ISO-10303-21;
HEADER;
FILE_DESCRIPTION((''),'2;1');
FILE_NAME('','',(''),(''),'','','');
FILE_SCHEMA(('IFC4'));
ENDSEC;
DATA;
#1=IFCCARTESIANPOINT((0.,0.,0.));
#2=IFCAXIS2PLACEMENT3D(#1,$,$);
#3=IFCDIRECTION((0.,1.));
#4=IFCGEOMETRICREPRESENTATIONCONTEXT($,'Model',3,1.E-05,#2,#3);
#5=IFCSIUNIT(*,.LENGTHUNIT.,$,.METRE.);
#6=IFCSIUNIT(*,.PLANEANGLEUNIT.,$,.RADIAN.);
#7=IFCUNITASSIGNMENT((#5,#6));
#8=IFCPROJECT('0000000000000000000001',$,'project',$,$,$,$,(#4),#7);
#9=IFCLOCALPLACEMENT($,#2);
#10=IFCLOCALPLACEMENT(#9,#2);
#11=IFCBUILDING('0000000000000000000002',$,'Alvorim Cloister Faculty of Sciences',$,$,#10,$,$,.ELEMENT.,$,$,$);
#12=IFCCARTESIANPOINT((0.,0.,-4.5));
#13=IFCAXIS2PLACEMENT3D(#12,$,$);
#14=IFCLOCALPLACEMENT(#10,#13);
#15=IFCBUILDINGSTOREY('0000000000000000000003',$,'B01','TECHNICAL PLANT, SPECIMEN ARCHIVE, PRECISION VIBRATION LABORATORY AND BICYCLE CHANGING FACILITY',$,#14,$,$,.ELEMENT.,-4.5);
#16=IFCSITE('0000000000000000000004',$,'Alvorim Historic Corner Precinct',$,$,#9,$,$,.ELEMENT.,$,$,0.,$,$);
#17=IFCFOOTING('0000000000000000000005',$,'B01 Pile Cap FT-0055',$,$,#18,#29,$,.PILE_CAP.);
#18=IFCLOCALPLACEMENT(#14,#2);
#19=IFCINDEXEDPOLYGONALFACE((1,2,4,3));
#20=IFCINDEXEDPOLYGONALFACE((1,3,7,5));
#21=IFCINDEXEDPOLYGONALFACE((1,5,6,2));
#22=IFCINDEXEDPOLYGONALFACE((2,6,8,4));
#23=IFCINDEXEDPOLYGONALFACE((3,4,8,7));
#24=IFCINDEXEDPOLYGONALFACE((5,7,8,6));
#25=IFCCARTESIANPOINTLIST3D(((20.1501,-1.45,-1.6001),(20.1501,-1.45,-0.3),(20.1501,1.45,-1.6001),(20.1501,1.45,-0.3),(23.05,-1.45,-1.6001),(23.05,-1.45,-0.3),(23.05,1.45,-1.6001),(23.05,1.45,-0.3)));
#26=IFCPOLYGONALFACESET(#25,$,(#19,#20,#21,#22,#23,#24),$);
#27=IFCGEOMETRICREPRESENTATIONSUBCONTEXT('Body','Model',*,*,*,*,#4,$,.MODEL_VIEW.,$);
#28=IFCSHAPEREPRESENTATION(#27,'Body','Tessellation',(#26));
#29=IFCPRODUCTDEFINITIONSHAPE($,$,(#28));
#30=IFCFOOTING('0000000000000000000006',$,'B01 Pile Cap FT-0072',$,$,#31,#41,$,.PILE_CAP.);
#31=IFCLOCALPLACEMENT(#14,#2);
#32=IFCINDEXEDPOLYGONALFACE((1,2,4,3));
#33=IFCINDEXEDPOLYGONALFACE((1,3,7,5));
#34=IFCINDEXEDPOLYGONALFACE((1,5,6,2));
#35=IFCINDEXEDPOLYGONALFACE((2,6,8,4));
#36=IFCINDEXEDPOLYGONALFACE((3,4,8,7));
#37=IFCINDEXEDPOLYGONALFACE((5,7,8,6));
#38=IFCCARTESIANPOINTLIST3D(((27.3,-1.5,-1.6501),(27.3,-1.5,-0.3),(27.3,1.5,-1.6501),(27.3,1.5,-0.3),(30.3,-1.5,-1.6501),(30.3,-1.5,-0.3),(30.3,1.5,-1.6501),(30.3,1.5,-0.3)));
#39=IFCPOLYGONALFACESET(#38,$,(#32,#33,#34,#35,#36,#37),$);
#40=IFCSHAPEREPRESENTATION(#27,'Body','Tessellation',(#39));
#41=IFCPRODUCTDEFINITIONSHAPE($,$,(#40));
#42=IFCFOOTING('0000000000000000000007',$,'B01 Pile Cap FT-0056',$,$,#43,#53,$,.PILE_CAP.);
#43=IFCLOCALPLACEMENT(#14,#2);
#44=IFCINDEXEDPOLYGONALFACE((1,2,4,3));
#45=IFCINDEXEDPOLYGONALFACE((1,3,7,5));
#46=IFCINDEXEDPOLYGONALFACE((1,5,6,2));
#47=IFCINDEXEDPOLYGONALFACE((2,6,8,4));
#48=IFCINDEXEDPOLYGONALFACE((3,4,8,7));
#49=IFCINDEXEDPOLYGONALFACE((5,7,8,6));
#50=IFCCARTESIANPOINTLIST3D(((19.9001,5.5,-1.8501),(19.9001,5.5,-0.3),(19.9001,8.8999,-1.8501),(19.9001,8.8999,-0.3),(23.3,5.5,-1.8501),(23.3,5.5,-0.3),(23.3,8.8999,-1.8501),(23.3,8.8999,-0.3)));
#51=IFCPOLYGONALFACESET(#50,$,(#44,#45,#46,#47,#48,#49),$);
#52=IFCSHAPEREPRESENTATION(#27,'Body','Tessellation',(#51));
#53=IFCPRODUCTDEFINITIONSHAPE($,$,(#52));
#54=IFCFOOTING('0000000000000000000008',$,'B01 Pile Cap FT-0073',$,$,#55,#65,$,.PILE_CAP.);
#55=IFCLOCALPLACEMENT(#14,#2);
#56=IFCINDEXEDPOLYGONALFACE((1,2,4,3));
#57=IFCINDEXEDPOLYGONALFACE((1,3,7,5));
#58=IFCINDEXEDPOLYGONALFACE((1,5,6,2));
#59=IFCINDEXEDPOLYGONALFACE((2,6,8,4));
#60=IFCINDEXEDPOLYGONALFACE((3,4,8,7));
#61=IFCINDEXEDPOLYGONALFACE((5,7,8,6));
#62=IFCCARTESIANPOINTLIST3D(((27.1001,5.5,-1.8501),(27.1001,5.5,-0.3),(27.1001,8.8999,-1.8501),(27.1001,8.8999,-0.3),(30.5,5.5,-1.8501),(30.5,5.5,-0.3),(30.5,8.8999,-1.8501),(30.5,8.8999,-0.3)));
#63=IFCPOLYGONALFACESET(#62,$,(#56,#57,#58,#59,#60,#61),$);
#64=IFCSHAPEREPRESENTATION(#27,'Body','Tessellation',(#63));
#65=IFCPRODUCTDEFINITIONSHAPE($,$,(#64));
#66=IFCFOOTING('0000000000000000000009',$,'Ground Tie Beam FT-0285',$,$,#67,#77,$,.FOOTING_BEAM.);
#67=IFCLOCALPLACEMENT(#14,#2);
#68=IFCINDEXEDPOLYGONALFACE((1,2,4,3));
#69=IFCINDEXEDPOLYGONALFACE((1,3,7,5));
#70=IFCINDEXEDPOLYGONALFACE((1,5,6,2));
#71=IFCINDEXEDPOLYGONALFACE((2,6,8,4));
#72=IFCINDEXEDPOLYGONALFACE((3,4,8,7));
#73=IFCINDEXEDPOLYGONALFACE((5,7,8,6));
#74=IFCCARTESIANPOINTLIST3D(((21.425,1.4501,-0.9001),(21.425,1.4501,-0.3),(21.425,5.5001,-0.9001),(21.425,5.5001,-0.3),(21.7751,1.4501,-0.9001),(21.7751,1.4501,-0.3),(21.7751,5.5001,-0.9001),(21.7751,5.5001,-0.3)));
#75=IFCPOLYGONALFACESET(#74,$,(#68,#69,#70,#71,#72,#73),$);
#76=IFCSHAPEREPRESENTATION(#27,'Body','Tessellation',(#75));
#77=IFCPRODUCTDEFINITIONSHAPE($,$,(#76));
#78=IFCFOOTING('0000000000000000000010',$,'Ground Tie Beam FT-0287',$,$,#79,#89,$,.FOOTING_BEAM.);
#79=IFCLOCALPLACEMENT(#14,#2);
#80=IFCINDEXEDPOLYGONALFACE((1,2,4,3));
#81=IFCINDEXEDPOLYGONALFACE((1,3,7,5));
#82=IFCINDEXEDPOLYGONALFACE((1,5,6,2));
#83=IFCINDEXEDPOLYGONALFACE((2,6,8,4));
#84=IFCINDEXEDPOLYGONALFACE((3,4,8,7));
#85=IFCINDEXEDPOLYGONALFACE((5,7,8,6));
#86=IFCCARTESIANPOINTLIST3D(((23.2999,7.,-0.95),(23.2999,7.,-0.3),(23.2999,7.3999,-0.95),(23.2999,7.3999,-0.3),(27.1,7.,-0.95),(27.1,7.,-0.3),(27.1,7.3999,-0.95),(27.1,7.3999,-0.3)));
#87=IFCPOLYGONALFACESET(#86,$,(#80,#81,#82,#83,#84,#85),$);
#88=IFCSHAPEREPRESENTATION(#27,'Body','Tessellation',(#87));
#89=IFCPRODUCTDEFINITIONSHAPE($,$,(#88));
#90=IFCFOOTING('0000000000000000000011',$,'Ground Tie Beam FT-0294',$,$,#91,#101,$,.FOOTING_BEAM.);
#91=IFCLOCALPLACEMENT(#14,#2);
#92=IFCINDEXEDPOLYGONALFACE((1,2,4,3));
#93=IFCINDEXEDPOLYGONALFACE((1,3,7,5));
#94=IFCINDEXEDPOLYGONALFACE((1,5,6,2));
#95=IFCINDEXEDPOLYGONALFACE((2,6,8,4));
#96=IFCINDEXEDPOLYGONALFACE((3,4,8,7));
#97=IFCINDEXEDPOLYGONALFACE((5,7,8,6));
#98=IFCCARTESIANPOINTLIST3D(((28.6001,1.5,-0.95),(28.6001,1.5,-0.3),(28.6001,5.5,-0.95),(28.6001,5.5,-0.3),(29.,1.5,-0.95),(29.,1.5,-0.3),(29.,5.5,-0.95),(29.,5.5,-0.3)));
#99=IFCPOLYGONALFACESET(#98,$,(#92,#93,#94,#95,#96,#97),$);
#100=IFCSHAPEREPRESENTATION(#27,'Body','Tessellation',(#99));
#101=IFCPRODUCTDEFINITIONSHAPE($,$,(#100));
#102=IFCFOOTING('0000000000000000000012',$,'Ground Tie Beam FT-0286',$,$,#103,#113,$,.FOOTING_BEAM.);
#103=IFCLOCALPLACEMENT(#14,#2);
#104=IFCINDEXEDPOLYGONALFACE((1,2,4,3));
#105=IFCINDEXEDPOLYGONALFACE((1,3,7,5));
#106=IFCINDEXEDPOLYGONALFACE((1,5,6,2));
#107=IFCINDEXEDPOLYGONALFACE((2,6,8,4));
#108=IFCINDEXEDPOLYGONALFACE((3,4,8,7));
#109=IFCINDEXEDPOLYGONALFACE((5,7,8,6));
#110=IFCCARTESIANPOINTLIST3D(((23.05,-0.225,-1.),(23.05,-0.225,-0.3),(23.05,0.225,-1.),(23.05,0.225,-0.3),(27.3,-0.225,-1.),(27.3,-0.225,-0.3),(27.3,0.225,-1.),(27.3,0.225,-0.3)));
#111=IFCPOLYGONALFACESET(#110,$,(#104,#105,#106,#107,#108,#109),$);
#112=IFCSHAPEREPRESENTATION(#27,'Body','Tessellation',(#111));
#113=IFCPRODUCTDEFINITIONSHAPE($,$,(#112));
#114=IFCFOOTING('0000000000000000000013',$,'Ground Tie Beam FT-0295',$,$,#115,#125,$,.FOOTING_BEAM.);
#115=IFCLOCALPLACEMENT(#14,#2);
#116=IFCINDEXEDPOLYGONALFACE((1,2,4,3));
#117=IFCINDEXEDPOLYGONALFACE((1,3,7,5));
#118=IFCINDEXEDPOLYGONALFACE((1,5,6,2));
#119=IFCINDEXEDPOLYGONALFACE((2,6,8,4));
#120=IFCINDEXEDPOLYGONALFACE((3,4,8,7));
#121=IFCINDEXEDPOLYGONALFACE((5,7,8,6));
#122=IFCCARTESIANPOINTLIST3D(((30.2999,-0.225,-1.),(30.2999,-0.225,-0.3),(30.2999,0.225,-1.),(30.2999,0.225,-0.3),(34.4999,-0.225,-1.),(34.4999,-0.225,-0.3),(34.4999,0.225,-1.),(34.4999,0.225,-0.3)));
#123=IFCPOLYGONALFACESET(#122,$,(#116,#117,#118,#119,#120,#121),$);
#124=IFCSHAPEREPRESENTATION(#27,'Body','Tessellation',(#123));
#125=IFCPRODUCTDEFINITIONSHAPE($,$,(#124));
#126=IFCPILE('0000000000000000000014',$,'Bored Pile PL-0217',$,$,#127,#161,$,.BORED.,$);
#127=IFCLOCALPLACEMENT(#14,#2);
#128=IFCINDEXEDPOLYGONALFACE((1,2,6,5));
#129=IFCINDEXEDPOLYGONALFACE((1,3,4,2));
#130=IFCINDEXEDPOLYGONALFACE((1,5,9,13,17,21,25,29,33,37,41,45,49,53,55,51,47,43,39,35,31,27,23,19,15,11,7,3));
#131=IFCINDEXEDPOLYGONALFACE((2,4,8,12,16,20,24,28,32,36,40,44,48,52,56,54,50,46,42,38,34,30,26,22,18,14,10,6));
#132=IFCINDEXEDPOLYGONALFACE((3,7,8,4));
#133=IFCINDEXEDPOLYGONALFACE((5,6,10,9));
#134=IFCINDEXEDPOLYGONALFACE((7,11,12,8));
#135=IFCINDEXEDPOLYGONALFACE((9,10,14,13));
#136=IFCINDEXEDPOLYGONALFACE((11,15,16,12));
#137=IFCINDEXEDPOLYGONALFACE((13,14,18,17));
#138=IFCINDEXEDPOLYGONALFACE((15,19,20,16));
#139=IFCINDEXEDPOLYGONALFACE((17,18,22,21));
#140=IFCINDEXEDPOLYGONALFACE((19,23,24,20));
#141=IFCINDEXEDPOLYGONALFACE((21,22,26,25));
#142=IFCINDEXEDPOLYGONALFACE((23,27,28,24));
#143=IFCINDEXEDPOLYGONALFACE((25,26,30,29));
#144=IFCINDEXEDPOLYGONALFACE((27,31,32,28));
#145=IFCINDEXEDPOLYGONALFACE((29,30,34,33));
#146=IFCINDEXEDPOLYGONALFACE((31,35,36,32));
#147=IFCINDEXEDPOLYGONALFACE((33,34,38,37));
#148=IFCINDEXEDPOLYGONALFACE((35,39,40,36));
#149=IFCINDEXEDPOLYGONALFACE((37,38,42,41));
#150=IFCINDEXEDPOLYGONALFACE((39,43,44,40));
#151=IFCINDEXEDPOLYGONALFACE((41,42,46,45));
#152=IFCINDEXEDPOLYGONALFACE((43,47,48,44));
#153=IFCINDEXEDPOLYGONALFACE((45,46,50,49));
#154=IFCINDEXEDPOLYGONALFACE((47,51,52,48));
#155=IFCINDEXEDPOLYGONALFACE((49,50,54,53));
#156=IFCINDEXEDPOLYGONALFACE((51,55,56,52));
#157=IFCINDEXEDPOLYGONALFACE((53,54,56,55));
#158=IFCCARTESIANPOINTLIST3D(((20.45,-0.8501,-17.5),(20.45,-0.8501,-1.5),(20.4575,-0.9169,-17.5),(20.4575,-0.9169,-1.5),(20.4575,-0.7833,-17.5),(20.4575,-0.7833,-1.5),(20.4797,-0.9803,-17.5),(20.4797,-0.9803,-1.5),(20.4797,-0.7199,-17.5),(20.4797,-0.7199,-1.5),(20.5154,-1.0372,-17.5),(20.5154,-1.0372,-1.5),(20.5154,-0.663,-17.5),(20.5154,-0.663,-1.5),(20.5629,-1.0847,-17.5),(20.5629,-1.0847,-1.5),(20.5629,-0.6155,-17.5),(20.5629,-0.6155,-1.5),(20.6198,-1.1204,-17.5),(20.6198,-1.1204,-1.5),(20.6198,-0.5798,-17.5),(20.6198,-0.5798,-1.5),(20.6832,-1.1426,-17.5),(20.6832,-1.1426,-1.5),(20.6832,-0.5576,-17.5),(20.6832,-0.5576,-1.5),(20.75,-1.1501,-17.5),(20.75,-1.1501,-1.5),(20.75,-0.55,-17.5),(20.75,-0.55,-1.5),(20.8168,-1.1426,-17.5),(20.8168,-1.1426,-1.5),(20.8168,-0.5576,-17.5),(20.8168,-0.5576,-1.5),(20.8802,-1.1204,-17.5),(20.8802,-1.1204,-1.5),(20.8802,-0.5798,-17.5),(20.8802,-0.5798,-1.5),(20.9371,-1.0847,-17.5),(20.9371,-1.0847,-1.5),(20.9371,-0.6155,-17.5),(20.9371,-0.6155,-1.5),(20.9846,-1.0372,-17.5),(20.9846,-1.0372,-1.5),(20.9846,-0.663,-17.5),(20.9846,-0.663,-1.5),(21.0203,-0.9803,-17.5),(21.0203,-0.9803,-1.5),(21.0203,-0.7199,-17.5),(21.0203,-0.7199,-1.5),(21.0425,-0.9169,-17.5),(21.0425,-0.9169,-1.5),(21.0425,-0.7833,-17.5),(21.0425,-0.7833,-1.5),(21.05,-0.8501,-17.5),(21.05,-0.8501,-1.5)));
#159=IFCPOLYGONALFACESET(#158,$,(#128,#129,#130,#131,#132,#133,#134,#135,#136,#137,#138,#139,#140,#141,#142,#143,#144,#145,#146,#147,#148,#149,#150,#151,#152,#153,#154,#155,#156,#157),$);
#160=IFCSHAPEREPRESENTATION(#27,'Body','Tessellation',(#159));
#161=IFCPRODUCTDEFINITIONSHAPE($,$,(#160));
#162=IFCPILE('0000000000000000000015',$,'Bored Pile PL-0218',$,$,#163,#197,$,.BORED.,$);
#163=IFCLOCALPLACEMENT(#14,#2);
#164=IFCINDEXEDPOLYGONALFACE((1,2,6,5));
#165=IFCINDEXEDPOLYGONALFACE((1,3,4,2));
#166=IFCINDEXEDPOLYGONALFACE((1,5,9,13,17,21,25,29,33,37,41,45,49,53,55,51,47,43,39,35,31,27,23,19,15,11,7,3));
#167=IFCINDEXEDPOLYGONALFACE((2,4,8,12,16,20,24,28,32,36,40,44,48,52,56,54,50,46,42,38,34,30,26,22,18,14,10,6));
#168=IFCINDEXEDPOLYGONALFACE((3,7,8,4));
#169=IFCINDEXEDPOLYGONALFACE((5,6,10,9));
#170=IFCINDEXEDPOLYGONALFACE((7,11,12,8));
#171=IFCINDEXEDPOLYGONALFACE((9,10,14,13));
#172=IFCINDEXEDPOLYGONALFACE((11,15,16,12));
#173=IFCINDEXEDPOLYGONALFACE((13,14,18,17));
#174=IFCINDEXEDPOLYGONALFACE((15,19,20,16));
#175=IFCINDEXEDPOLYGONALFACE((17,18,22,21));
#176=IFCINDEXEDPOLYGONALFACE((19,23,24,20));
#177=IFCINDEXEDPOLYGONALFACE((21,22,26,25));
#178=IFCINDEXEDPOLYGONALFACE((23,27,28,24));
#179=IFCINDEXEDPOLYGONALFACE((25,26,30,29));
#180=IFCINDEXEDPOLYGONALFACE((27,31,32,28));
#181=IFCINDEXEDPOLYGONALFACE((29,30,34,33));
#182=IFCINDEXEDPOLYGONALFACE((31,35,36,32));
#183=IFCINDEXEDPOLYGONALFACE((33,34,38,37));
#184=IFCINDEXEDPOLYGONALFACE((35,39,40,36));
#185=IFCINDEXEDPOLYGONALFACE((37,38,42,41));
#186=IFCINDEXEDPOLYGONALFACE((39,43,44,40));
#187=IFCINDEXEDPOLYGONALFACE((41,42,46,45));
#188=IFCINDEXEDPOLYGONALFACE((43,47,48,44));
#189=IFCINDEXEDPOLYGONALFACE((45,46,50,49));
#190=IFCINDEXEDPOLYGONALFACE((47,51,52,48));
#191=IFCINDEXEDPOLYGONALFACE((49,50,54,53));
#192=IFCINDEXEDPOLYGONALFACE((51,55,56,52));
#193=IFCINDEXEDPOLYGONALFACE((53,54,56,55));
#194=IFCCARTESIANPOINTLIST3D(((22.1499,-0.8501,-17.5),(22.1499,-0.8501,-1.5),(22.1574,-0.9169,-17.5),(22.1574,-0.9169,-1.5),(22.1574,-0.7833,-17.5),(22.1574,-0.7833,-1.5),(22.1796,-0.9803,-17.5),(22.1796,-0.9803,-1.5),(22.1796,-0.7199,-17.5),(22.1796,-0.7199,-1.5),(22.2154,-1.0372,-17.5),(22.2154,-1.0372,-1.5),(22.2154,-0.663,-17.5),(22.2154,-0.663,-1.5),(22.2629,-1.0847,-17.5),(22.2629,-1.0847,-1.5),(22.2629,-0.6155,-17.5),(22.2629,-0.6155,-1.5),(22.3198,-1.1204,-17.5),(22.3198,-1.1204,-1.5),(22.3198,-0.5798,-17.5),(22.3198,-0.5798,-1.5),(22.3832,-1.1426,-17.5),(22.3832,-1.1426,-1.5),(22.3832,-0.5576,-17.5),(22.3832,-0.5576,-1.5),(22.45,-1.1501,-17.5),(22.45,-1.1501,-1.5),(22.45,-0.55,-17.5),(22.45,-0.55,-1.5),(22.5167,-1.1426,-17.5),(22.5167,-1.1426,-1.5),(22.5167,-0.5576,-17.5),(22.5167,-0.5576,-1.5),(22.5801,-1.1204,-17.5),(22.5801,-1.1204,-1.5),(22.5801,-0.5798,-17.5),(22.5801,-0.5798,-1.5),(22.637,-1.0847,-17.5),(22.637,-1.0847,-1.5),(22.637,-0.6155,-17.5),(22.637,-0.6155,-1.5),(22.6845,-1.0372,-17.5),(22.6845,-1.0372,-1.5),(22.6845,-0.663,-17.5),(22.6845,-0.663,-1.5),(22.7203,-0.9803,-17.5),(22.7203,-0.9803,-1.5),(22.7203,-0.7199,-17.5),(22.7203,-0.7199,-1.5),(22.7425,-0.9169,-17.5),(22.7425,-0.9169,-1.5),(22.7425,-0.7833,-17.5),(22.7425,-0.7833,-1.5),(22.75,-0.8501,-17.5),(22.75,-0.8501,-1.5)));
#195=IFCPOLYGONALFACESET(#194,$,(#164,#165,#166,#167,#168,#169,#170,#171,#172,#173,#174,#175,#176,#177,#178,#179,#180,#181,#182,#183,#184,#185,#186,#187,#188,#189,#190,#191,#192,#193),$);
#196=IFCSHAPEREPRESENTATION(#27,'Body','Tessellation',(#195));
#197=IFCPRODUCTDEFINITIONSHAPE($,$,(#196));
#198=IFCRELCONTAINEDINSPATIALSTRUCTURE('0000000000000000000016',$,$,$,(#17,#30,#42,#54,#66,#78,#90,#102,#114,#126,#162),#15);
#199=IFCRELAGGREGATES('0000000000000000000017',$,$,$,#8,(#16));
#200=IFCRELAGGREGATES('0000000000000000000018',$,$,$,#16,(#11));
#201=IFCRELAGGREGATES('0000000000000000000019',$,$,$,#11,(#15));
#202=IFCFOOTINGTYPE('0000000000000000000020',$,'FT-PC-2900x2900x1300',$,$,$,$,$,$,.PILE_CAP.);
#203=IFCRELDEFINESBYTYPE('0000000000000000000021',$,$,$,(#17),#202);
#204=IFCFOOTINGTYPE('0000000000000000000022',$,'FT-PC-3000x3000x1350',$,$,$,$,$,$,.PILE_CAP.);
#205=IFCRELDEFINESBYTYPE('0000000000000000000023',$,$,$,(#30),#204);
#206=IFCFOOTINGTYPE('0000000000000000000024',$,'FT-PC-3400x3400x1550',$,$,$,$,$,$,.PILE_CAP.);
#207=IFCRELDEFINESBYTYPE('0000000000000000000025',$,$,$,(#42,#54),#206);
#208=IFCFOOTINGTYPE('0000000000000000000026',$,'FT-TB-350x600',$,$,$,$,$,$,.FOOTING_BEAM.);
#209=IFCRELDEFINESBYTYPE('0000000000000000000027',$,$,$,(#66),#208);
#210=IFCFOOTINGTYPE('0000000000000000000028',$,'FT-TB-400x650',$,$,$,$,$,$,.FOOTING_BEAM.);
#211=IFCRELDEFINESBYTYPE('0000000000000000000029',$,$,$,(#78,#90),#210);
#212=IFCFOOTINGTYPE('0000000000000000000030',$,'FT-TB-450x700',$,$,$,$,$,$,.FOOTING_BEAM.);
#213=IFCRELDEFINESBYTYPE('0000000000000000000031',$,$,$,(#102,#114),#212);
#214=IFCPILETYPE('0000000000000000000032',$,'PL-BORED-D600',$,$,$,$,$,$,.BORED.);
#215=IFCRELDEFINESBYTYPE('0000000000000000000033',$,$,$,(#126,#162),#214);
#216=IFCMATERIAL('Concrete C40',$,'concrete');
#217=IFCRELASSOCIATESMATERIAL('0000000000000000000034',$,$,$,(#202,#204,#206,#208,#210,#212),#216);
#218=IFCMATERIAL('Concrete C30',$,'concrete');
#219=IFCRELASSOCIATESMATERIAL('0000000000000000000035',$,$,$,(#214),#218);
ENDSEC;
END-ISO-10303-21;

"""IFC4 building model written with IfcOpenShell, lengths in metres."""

from ifc_helpers import new_model, si_unit, direction, frame, origin, origin_2d, place, context, subcontext, project, spatial, rectangle, circle, extrude, material, material_profile, profile_set, type_object, element, save


model = new_model("IFC4")

# Units and contexts
model_context = context("Model", 3, precision=1e-05, world=origin(), true_north=direction((0.0, 1.0)))
body_context = subcontext(model_context, "Body", "Model", "MODEL_VIEW")
ifc_project = project(units=[si_unit("LENGTHUNIT", "METRE"), si_unit("PLANEANGLEUNIT", "RADIAN")], contexts=[model_context])

# Site, building, storey
site_placement = place(None, origin())
site = spatial("IfcSite", under=ifc_project, at=site_placement, Name="Alvorim Historic Corner Precinct", CompositionType="ELEMENT", RefElevation=0.0)
building_placement = place(site_placement, origin())
building = spatial("IfcBuilding", under=site, at=building_placement, Name="Alvorim Cloister Faculty of Sciences", CompositionType="ELEMENT")
storey_placement = place(building_placement, frame((0.0, 0.0, -4.5)))
storey = spatial("IfcBuildingStorey", under=building, at=storey_placement, Name="B01", Description="TECHNICAL PLANT, SPECIMEN ARCHIVE, PRECISION VIBRATION LABORATORY AND BICYCLE CHANGING FACILITY", CompositionType="ELEMENT", Elevation=-4.5)

# Footings
ifc_material_1 = material(Name="Concrete C40", Category="concrete")
footing_type_1 = type_object("IfcFootingType", Name="FT-PC-2900x2900x1300", PredefinedType="PILE_CAP", material=ifc_material_1)
footing_1_placement = place(storey_placement, frame((21.6001, 0.0, -1.6001), z_axis=(0.0, 0.0, 1.0), x_axis=(1.0, 0.0, 0.0)))
element("IfcFooting", 1, at=footing_1_placement, inside=storey, type_object=footing_type_1, Name="B01 Pile Cap FT-0055", PredefinedType="PILE_CAP", context=body_context, shape_type="SweptSolid", body=[
    extrude(rectangle(XDim=2.8999, YDim=2.8999, at=origin_2d()), origin(), (0.0, 0.0, 1.0), 1.3),
])
footing_type_2 = type_object("IfcFootingType", Name="FT-PC-3000x3000x1350", PredefinedType="PILE_CAP", material=ifc_material_1)
footing_2_placement = place(storey_placement, frame((28.8, 0.0, -1.6501), z_axis=(0.0, 0.0, 1.0), x_axis=(1.0, 0.0, 0.0)))
element("IfcFooting", 2, at=footing_2_placement, inside=storey, type_object=footing_type_2, Name="B01 Pile Cap FT-0072", PredefinedType="PILE_CAP", context=body_context, shape_type="SweptSolid", body=[
    extrude(rectangle(XDim=3.0, YDim=3.0, at=origin_2d()), origin(), (0.0, 0.0, 1.0), 1.3501),
])
footing_type_3 = type_object("IfcFootingType", Name="FT-PC-3400x3400x1550", PredefinedType="PILE_CAP", material=ifc_material_1)
for number, where, z_axis, x_axis, name in (
    (3, (21.6001, 7.2, -1.8501), (0.0, 0.0, 1.0), (1.0, 0.0, 0.0), "B01 Pile Cap FT-0056"),
    (4, (28.8, 7.2, -1.8501), (0.0, 0.0, 1.0), (1.0, 0.0, 0.0), "B01 Pile Cap FT-0073"),
):
    element("IfcFooting", number, at=place(storey_placement, frame(where, z_axis=z_axis, x_axis=x_axis)), inside=storey, type_object=footing_type_3, Name=name, PredefinedType="PILE_CAP", context=body_context, shape_type="SweptSolid", body=[
        extrude(rectangle(XDim=3.3999, YDim=3.3999, at=origin_2d()), origin(), (0.0, 0.0, 1.0), 1.55),
    ])
footing_type_4 = type_object("IfcFootingType", Name="FT-TB-350x600", PredefinedType="FOOTING_BEAM", material=ifc_material_1)
footing_3_placement = place(storey_placement, frame((21.6001, 3.4751, -0.9001), z_axis=(0.0, 0.0, 1.0), x_axis=(1.0, 0.0, 0.0)))
element("IfcFooting", 5, at=footing_3_placement, inside=storey, type_object=footing_type_4, Name="Ground Tie Beam FT-0285", PredefinedType="FOOTING_BEAM", context=body_context, shape_type="SweptSolid", body=[
    extrude(rectangle(XDim=0.3501, YDim=4.05, at=origin_2d()), origin(), (0.0, 0.0, 1.0), 0.6001),
])
footing_type_5 = type_object("IfcFootingType", Name="FT-TB-400x650", PredefinedType="FOOTING_BEAM", material=ifc_material_1)
footing_4_placement = place(storey_placement, frame((25.2, 7.2, -0.95), z_axis=(0.0, 0.0, 1.0), x_axis=(1.0, 0.0, 0.0)))
element("IfcFooting", 6, at=footing_4_placement, inside=storey, type_object=footing_type_5, Name="Ground Tie Beam FT-0287", PredefinedType="FOOTING_BEAM", context=body_context, shape_type="SweptSolid", body=[
    extrude(rectangle(XDim=3.8, YDim=0.3999, at=origin_2d()), origin(), (0.0, 0.0, 1.0), 0.6499),
])
footing_5_placement = place(storey_placement, frame((28.8, 3.5, -0.95), z_axis=(0.0, 0.0, 1.0), x_axis=(1.0, 0.0, 0.0)))
element("IfcFooting", 7, at=footing_5_placement, inside=storey, type_object=footing_type_5, Name="Ground Tie Beam FT-0294", PredefinedType="FOOTING_BEAM", context=body_context, shape_type="SweptSolid", body=[
    extrude(rectangle(XDim=0.3999, YDim=4.0, at=origin_2d()), origin(), (0.0, 0.0, 1.0), 0.6499),
])
footing_type_6 = type_object("IfcFootingType", Name="FT-TB-450x700", PredefinedType="FOOTING_BEAM", material=ifc_material_1)
footing_6_placement = place(storey_placement, frame((25.175, 0.0, -1.0), z_axis=(0.0, 0.0, 1.0), x_axis=(1.0, 0.0, 0.0)))
element("IfcFooting", 8, at=footing_6_placement, inside=storey, type_object=footing_type_6, Name="Ground Tie Beam FT-0286", PredefinedType="FOOTING_BEAM", context=body_context, shape_type="SweptSolid", body=[
    extrude(rectangle(XDim=4.25, YDim=0.45, at=origin_2d()), origin(), (0.0, 0.0, 1.0), 0.7),
])
footing_7_placement = place(storey_placement, frame((32.3999, 0.0, -1.0), z_axis=(0.0, 0.0, 1.0), x_axis=(1.0, 0.0, 0.0)))
element("IfcFooting", 9, at=footing_7_placement, inside=storey, type_object=footing_type_6, Name="Ground Tie Beam FT-0295", PredefinedType="FOOTING_BEAM", context=body_context, shape_type="SweptSolid", body=[
    extrude(rectangle(XDim=4.2, YDim=0.45, at=origin_2d()), origin(), (0.0, 0.0, 1.0), 0.7),
])

# Piles
ifc_material_2 = material(Name="Concrete C30", Category="concrete")
ifc_material_profile_1 = material_profile(ifc_material_2, circle(Radius=0.3, at=origin_2d()), Name="PILE-D600")
ifc_profile_set_1 = profile_set([ifc_material_profile_1], Name="Concrete C30")
pile_type_1 = type_object("IfcPileType", Name="PL-BORED-D600", PredefinedType="BORED", material=ifc_profile_set_1)
for number, where, z_axis, x_axis, name in (
    (10, (20.75, -0.8501, -1.5), (0.0, 0.0, -1.0), (1.0, 0.0, 0.0), "Bored Pile PL-0217"),
    (11, (22.45, -0.8501, -1.5), (0.0, 0.0, -1.0), (1.0, 0.0, 0.0), "Bored Pile PL-0218"),
):
    element("IfcPile", number, at=place(storey_placement, frame(where, z_axis=z_axis, x_axis=x_axis)), inside=storey, type_object=pile_type_1, Name=name, PredefinedType="BORED", context=body_context, shape_type="SweptSolid", body=[
        extrude(circle(Radius=0.3, at=origin_2d()), origin(), (0.0, 0.0, 1.0), 16.0),
    ])

save(model, "model.ifc")
